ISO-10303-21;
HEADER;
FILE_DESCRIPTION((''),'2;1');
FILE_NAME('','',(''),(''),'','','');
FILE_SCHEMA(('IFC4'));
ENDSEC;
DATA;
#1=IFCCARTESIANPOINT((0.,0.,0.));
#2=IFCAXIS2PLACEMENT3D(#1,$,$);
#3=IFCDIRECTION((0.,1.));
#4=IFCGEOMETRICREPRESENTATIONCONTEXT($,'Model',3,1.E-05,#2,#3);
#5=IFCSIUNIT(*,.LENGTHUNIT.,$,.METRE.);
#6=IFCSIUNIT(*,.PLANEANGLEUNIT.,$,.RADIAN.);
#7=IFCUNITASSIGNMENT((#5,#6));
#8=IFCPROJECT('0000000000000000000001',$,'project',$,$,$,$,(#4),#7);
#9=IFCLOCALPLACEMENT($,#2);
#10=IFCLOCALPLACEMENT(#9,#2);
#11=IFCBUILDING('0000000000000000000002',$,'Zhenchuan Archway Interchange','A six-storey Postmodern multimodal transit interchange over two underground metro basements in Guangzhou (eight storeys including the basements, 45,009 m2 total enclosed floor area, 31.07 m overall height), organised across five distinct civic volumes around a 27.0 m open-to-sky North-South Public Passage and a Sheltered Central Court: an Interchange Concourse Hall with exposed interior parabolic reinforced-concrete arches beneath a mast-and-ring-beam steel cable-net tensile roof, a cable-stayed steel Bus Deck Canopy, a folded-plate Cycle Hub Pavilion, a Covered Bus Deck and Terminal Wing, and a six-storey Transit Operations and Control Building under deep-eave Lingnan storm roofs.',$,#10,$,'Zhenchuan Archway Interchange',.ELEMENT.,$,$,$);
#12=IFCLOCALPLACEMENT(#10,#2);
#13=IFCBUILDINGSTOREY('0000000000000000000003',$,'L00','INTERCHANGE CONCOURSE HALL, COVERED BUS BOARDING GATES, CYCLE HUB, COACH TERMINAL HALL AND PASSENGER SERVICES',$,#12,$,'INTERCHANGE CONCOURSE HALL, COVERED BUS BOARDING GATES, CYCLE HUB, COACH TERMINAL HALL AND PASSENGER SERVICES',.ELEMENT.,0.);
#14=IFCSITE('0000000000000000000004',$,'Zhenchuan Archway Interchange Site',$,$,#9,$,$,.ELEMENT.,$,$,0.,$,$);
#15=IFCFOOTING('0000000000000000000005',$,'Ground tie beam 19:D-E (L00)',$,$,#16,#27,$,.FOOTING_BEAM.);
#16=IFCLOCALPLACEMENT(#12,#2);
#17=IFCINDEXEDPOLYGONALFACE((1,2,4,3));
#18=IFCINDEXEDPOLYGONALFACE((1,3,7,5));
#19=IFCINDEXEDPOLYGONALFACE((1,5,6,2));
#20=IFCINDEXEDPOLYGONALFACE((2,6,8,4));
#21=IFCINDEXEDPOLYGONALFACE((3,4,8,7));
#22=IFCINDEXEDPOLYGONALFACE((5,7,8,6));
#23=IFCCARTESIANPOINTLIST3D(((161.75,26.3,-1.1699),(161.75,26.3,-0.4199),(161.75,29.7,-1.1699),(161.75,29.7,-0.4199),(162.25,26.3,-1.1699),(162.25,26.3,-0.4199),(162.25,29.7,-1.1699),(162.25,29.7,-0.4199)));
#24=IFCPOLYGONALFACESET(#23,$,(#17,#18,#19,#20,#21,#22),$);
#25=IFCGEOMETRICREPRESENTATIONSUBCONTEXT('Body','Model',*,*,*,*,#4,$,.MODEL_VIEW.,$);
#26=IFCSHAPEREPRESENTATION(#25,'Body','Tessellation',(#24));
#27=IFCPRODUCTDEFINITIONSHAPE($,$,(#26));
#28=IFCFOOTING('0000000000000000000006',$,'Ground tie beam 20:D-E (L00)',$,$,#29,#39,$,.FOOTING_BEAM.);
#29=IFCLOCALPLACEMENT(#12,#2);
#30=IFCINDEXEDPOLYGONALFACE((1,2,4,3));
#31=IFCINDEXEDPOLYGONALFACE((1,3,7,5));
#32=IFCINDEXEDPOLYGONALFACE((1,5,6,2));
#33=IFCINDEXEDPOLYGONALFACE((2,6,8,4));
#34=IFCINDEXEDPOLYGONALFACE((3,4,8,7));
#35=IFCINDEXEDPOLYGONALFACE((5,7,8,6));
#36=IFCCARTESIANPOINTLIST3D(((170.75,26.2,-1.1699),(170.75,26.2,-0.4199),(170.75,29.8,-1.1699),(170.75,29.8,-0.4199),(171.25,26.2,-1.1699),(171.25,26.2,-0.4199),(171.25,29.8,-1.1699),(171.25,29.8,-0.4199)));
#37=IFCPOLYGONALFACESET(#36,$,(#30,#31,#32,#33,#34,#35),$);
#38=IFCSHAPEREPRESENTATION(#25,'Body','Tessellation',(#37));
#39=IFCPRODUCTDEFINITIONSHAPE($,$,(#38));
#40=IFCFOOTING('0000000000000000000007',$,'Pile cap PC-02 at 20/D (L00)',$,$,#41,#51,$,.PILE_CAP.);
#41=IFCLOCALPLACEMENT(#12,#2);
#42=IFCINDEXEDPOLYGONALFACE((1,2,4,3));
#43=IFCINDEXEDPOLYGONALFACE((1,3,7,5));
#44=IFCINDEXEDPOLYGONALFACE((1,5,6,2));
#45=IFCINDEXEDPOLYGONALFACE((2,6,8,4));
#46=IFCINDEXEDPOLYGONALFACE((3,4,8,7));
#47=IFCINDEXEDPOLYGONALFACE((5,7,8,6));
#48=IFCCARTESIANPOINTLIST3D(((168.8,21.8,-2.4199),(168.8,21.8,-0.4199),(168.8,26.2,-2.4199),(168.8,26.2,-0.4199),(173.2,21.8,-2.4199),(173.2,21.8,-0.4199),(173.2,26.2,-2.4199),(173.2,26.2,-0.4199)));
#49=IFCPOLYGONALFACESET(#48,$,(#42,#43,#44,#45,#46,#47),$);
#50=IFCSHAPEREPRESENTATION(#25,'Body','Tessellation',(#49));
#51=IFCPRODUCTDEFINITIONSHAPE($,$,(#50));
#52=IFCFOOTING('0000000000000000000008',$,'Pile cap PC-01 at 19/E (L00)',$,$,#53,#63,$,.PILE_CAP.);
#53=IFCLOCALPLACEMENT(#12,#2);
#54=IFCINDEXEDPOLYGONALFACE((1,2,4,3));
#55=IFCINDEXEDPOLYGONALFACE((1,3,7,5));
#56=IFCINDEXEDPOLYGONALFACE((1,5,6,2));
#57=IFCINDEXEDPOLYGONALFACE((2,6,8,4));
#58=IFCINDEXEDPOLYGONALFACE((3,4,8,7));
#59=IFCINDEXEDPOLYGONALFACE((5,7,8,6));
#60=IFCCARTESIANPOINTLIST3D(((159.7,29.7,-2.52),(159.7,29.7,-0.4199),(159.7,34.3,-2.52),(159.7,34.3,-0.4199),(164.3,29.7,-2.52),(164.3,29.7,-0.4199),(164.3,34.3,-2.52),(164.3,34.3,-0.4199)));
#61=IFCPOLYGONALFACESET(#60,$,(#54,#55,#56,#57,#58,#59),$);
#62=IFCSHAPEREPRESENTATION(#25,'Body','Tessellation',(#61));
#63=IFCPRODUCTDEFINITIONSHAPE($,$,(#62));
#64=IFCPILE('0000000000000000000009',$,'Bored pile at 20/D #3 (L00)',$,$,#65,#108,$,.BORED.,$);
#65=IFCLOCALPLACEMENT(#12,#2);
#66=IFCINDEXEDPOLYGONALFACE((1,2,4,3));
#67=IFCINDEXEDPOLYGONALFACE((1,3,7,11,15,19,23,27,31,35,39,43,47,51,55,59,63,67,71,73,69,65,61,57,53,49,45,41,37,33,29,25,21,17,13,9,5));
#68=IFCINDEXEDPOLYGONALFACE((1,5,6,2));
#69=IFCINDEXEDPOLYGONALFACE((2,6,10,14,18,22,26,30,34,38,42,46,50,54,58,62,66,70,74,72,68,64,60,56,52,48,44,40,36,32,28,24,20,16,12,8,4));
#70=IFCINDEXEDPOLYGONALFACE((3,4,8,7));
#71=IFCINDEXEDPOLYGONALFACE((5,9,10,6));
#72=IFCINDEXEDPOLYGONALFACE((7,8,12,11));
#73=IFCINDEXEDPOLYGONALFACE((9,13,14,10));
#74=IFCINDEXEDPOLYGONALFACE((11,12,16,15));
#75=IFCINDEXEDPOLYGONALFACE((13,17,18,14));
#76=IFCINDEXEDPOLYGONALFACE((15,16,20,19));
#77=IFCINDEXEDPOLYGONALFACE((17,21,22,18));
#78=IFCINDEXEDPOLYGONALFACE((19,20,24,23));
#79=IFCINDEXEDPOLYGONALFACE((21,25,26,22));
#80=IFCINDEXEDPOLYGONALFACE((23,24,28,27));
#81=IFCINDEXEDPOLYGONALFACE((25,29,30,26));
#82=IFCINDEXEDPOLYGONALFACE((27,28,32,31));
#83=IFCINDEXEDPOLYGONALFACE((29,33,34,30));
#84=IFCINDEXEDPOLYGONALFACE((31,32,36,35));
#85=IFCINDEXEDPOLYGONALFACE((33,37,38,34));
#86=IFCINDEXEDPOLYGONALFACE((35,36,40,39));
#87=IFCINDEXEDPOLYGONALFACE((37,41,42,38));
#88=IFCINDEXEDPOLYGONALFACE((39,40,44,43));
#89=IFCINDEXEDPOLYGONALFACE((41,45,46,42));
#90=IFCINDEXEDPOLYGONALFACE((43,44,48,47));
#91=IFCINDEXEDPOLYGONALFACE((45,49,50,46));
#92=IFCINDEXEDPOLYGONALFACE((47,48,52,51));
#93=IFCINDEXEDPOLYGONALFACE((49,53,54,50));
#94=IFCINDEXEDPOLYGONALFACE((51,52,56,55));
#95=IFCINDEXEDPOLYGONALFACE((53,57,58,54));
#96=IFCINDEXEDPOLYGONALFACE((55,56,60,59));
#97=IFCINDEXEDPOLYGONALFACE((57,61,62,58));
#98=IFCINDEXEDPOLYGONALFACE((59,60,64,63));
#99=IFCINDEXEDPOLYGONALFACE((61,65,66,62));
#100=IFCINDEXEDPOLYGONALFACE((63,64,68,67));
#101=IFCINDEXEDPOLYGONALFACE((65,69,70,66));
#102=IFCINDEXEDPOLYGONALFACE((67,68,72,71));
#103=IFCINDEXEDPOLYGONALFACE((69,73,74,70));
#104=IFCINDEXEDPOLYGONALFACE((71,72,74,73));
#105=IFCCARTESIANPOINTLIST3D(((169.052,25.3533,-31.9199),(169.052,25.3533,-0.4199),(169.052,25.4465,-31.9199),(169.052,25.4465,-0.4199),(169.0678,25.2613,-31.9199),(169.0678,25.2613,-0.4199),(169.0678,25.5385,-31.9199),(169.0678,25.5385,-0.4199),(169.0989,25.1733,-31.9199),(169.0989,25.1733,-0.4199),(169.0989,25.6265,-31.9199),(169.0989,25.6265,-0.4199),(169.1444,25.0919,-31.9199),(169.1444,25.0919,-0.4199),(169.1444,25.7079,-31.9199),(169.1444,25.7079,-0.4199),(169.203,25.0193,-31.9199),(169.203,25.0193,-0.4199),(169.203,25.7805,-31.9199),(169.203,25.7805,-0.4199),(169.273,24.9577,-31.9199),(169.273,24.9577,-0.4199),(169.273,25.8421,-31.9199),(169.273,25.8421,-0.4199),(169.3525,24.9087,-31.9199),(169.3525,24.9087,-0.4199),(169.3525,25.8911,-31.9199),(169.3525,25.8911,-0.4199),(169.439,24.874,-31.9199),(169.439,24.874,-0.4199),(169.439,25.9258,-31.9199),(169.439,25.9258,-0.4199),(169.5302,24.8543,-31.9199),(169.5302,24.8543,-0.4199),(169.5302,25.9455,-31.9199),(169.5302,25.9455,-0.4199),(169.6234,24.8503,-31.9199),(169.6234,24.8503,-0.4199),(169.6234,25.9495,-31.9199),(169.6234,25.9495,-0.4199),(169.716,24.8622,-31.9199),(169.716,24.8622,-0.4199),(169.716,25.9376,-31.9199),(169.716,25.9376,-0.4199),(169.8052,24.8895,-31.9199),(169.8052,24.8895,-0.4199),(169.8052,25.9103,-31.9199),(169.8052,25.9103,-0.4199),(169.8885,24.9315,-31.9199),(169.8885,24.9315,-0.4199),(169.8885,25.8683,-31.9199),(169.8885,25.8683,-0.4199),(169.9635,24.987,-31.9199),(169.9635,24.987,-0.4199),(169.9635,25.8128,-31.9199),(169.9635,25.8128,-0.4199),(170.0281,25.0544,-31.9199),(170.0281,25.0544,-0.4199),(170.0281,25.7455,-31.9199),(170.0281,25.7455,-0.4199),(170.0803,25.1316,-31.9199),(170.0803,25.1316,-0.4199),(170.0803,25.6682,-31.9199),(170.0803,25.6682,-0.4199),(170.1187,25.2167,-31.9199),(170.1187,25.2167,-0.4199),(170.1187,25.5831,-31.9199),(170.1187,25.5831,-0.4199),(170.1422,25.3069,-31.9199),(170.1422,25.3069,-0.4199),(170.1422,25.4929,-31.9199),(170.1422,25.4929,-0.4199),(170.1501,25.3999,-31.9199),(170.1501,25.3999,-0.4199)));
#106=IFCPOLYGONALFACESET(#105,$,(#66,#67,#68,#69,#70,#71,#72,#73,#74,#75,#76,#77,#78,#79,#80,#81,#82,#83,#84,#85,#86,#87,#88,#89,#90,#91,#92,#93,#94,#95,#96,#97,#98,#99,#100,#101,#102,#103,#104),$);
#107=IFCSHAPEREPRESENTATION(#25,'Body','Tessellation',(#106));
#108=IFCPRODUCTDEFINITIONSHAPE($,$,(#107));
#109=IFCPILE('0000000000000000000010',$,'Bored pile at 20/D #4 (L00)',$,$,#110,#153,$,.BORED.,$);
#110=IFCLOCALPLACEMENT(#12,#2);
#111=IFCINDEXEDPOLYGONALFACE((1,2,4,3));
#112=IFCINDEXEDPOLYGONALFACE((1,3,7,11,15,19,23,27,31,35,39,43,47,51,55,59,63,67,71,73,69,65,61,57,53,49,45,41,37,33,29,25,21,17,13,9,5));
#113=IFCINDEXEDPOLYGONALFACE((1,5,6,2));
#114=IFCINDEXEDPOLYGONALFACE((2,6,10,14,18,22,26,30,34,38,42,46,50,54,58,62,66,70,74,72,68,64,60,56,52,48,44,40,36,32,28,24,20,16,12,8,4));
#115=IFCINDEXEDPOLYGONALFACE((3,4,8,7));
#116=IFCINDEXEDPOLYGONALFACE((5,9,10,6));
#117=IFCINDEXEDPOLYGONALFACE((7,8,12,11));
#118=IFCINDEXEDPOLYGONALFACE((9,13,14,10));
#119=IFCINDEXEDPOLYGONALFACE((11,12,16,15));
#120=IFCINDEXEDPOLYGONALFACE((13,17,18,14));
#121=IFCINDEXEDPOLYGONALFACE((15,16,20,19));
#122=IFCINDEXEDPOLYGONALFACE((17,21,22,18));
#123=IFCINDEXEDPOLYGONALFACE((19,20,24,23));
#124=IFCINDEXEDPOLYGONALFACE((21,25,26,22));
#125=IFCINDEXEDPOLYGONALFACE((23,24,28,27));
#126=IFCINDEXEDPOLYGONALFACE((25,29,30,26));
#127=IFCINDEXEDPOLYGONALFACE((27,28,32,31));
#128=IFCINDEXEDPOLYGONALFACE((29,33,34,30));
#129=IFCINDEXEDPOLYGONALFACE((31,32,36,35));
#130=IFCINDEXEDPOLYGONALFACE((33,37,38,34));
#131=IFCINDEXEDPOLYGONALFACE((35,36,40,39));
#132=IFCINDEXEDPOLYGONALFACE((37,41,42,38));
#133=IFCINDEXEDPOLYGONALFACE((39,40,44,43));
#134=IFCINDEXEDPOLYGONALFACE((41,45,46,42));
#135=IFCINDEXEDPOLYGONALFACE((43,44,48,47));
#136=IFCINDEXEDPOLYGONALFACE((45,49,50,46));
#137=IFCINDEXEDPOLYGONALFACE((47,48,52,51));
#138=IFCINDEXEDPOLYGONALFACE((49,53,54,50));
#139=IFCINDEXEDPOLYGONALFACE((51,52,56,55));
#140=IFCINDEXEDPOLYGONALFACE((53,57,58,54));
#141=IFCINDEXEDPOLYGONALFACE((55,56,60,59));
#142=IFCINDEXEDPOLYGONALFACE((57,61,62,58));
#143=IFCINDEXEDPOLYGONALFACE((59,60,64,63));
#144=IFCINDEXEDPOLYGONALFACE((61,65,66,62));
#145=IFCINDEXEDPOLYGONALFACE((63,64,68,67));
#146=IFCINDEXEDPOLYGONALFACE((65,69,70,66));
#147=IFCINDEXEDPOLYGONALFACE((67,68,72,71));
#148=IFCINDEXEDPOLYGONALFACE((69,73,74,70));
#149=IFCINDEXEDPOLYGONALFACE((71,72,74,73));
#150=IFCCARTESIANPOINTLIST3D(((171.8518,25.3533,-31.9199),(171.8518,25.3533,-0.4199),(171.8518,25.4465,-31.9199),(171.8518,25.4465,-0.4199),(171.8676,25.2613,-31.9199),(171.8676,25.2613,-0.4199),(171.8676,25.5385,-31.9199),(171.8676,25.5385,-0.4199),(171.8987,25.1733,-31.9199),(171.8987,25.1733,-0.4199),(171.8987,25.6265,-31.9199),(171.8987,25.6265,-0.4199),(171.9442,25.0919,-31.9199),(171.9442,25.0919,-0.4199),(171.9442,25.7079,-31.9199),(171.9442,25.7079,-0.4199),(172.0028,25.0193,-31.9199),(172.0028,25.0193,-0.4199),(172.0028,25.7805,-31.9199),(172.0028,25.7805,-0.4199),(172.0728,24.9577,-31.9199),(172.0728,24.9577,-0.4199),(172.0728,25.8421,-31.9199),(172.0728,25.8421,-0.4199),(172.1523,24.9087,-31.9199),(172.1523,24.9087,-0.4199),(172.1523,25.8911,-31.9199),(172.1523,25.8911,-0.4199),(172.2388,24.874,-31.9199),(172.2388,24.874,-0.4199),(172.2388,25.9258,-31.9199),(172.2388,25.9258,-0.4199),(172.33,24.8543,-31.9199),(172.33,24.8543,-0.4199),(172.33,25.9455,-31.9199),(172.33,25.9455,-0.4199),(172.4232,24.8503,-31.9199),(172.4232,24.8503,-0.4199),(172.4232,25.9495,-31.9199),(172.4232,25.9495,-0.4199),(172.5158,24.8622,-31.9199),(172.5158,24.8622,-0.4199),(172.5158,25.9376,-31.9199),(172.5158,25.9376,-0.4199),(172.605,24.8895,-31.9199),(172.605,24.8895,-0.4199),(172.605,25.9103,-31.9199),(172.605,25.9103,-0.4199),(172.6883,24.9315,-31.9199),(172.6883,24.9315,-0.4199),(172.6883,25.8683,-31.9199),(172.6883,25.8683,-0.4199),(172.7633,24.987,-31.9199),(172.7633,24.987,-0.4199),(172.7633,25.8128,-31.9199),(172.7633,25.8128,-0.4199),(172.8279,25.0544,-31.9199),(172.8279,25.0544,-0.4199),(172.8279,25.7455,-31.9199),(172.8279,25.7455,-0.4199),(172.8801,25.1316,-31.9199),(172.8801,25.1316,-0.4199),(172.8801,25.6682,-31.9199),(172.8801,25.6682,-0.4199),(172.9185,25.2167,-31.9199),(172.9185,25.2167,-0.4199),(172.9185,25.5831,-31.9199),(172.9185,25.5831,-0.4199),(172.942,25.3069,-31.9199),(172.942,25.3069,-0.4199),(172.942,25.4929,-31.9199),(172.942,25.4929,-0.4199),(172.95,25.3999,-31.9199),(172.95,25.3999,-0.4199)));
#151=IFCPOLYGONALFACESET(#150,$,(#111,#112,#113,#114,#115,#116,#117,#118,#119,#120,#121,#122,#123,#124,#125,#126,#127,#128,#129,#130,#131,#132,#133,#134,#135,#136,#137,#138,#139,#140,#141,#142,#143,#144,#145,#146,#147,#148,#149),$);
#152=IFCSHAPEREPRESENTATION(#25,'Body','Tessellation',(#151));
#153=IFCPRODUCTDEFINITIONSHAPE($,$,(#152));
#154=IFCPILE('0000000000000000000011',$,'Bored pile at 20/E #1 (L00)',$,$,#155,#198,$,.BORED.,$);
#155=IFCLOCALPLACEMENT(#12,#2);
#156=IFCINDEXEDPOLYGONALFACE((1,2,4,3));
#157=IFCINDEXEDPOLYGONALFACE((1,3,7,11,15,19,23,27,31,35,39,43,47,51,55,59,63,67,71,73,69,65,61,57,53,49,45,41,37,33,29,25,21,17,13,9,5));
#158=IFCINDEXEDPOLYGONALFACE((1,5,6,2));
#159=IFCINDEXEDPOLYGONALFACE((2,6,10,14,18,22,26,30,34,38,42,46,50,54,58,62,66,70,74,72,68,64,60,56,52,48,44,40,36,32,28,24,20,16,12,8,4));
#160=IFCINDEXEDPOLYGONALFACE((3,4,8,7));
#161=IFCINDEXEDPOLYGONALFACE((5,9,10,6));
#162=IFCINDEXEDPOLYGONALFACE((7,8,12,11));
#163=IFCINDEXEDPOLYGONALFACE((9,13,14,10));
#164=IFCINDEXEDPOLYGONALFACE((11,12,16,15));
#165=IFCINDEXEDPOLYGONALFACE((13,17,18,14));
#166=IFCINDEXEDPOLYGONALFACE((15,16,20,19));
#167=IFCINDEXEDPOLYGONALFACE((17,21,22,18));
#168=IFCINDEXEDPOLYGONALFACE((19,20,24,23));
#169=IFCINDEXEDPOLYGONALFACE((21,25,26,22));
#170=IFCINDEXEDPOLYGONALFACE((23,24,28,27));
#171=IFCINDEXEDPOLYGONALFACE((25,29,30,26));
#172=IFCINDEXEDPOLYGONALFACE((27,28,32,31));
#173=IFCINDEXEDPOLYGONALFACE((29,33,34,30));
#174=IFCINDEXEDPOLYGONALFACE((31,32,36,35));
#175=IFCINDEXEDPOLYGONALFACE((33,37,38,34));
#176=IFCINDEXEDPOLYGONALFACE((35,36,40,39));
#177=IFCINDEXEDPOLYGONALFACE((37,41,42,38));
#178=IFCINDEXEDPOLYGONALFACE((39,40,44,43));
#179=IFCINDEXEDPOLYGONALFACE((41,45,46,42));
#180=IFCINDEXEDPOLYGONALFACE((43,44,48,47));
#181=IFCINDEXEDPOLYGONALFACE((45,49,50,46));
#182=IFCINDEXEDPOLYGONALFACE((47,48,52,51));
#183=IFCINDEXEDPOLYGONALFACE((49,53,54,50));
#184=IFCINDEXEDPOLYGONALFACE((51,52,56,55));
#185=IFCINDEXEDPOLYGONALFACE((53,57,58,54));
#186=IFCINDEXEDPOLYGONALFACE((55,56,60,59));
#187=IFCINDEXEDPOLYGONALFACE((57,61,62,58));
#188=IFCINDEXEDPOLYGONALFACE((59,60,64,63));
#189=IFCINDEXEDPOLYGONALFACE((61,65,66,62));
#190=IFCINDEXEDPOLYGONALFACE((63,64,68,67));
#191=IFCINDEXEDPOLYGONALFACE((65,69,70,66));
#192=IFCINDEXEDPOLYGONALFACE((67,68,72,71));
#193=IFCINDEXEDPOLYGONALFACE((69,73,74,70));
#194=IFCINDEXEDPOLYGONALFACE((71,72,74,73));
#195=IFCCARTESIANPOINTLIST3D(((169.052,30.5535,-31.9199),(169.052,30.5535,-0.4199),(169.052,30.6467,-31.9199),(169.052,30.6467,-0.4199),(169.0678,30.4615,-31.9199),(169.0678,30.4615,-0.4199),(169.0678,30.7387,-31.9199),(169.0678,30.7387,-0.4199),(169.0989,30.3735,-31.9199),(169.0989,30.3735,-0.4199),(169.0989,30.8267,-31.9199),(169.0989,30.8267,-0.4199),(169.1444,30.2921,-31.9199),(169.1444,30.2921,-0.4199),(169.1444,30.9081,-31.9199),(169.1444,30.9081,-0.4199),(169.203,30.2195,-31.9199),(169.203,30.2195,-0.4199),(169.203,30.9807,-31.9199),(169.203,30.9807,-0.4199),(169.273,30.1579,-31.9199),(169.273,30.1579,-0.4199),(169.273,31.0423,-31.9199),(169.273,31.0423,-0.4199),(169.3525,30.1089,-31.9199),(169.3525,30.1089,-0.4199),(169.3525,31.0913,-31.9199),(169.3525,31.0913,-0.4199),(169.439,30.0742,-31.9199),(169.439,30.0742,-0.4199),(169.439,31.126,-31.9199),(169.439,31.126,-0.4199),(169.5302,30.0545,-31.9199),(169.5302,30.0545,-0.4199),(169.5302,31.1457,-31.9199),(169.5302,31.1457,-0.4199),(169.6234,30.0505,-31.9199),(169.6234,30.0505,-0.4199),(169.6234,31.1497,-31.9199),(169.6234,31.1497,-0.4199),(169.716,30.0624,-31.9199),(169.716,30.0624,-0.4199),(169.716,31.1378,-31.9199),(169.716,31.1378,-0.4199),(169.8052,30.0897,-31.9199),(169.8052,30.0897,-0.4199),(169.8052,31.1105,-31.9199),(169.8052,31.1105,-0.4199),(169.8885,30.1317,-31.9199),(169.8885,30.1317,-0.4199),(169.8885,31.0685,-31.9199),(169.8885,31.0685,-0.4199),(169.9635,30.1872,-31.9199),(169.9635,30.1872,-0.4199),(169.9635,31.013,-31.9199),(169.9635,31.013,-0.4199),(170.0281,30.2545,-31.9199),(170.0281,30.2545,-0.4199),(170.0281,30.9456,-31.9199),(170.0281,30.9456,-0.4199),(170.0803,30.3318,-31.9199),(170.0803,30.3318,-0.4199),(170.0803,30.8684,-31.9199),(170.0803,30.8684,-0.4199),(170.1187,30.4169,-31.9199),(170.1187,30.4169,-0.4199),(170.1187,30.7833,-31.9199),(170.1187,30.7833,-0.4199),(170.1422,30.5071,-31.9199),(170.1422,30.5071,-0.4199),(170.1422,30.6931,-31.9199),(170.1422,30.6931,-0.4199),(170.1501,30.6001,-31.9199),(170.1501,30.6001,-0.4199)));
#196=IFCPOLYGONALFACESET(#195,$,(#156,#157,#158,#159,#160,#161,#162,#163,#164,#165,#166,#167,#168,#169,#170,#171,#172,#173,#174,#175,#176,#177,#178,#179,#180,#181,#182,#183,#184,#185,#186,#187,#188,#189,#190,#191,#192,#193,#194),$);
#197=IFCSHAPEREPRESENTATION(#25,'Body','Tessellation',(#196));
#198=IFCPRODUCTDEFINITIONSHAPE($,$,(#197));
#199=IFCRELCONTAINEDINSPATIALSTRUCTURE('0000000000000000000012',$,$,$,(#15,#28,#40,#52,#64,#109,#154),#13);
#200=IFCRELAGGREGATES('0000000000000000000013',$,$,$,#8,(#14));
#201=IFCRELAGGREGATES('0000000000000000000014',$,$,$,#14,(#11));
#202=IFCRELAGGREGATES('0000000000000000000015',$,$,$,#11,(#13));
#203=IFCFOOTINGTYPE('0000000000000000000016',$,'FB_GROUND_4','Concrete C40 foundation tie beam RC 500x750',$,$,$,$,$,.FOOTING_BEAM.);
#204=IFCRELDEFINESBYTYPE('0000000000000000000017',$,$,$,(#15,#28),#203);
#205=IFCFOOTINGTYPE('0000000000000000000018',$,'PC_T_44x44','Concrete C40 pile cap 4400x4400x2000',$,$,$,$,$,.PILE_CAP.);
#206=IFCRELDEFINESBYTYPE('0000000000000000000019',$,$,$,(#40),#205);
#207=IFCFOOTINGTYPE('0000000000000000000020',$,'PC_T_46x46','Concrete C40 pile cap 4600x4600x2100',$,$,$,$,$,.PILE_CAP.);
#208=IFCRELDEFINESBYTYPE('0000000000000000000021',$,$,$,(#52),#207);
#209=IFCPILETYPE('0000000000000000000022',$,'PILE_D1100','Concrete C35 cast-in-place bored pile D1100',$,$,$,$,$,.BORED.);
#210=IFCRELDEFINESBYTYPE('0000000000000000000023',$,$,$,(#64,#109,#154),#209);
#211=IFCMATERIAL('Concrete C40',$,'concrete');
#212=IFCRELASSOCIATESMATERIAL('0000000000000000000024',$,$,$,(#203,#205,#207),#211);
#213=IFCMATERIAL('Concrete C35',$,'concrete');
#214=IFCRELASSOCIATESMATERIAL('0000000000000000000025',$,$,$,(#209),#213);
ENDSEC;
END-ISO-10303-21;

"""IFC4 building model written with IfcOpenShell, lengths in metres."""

from ifc_helpers import new_model, si_unit, direction, frame, origin, origin_2d, place, context, subcontext, project, spatial, rectangle, circle, extrude, material, material_profile, profile_set, type_object, element, save


model = new_model("IFC4")

# Units and contexts
model_context = context("Model", 3, precision=1e-05, world=origin(), true_north=direction((0.0, 1.0)))
body_context = subcontext(model_context, "Body", "Model", "MODEL_VIEW")
ifc_project = project(units=[si_unit("LENGTHUNIT", "METRE"), si_unit("PLANEANGLEUNIT", "RADIAN")], contexts=[model_context])

# Site, building, storey
site_placement = place(None, origin())
site = spatial("IfcSite", under=ifc_project, at=site_placement, Name="Zhenchuan Archway Interchange Site", CompositionType="ELEMENT", RefElevation=0.0)
building_placement = place(site_placement, origin())
building = spatial("IfcBuilding", under=site, at=building_placement, Name="Zhenchuan Archway Interchange", Description="A six-storey Postmodern multimodal transit interchange over two underground metro basements in Guangzhou (eight storeys including the basements, 45,009 m2 total enclosed floor area, 31.07 m overall height), organised across five distinct civic volumes around a 27.0 m open-to-sky North-South Public Passage and a Sheltered Central Court: an Interchange Concourse Hall with exposed interior parabolic reinforced-concrete arches beneath a mast-and-ring-beam steel cable-net tensile roof, a cable-stayed steel Bus Deck Canopy, a folded-plate Cycle Hub Pavilion, a Covered Bus Deck and Terminal Wing, and a six-storey Transit Operations and Control Building under deep-eave Lingnan storm roofs.", LongName="Zhenchuan Archway Interchange", CompositionType="ELEMENT")
storey_placement = place(building_placement, origin())
storey = spatial("IfcBuildingStorey", under=building, at=storey_placement, Name="L00", Description="INTERCHANGE CONCOURSE HALL, COVERED BUS BOARDING GATES, CYCLE HUB, COACH TERMINAL HALL AND PASSENGER SERVICES", LongName="INTERCHANGE CONCOURSE HALL, COVERED BUS BOARDING GATES, CYCLE HUB, COACH TERMINAL HALL AND PASSENGER SERVICES", CompositionType="ELEMENT", Elevation=0.0)

# Footings
ifc_material_1 = material(Name="Concrete C40", Category="concrete")
ifc_material_profile_1 = material_profile(ifc_material_1, rectangle(XDim=0.5, YDim=0.75, at=origin_2d()), Name="RC 500x750")
ifc_profile_set_1 = profile_set([ifc_material_profile_1], Name="Concrete C40")
footing_type_1 = type_object("IfcFootingType", Name="FB_GROUND_4", Description="Concrete C40 foundation tie beam RC 500x750", PredefinedType="FOOTING_BEAM", material=ifc_profile_set_1)
footing_1_placement = place(storey_placement, frame((162.0, 26.3, -0.7949), z_axis=(0.0, 1.0, 0.0), x_axis=(-1.0, 0.0, 0.0)))
element("IfcFooting", 1, at=footing_1_placement, inside=storey, type_object=footing_type_1, Name="Ground tie beam 19:D-E (L00)", PredefinedType="FOOTING_BEAM", context=body_context, shape_type="SweptSolid", body=[
    extrude(rectangle(XDim=0.5, YDim=0.75, at=origin_2d()), origin(), (0.0, 0.0, 1.0), 3.3999),
])
footing_2_placement = place(storey_placement, frame((171.0, 26.2, -0.7949), z_axis=(0.0, 1.0, 0.0), x_axis=(-1.0, 0.0, 0.0)))
element("IfcFooting", 2, at=footing_2_placement, inside=storey, type_object=footing_type_1, Name="Ground tie beam 20:D-E (L00)", PredefinedType="FOOTING_BEAM", context=body_context, shape_type="SweptSolid", body=[
    extrude(rectangle(XDim=0.5, YDim=0.75, at=origin_2d()), origin(), (0.0, 0.0, 1.0), 3.6001),
])
footing_type_2 = type_object("IfcFootingType", Name="PC_T_44x44", Description="Concrete C40 pile cap 4400x4400x2000", PredefinedType="PILE_CAP", material=ifc_material_1)
footing_3_placement = place(storey_placement, frame((171.0, 24.0, -2.4199), z_axis=(0.0, 0.0, 1.0), x_axis=(1.0, 0.0, 0.0)))
element("IfcFooting", 3, at=footing_3_placement, inside=storey, type_object=footing_type_2, Name="Pile cap PC-02 at 20/D (L00)", PredefinedType="PILE_CAP", context=body_context, shape_type="SweptSolid", body=[
    extrude(rectangle(XDim=4.3999, YDim=4.3999, at=origin_2d()), origin(), (0.0, 0.0, 1.0), 2.0),
])
footing_type_3 = type_object("IfcFootingType", Name="PC_T_46x46", Description="Concrete C40 pile cap 4600x4600x2100", PredefinedType="PILE_CAP", material=ifc_material_1)
footing_4_placement = place(storey_placement, frame((162.0, 32.0, -2.52), z_axis=(0.0, 0.0, 1.0), x_axis=(1.0, 0.0, 0.0)))
element("IfcFooting", 4, at=footing_4_placement, inside=storey, type_object=footing_type_3, Name="Pile cap PC-01 at 19/E (L00)", PredefinedType="PILE_CAP", context=body_context, shape_type="SweptSolid", body=[
    extrude(rectangle(XDim=4.6001, YDim=4.6001, at=origin_2d()), origin(), (0.0, 0.0, 1.0), 2.1001),
])

# Piles
ifc_material_2 = material(Name="Concrete C35", Category="concrete")
ifc_material_profile_2 = material_profile(ifc_material_2, circle(Radius=0.55, at=origin_2d()), Name="BORED PILE 1100")
ifc_profile_set_2 = profile_set([ifc_material_profile_2], Name="Concrete C35")
pile_type_1 = type_object("IfcPileType", Name="PILE_D1100", Description="Concrete C35 cast-in-place bored pile D1100", PredefinedType="BORED", material=ifc_profile_set_2)
for number, where, z_axis, x_axis, name in (
    (5, (169.6001, 25.3999, -0.4199), (0.0, 0.0, -1.0), (1.0, 0.0, 0.0), "Bored pile at 20/D #3 (L00)"),
    (6, (172.3999, 25.3999, -0.4199), (0.0, 0.0, -1.0), (1.0, 0.0, 0.0), "Bored pile at 20/D #4 (L00)"),
    (7, (169.6001, 30.6001, -0.4199), (0.0, 0.0, -1.0), (1.0, 0.0, 0.0), "Bored pile at 20/E #1 (L00)"),
):
    element("IfcPile", number, at=place(storey_placement, frame(where, z_axis=z_axis, x_axis=x_axis)), inside=storey, type_object=pile_type_1, Name=name, PredefinedType="BORED", context=body_context, shape_type="SweptSolid", body=[
        extrude(circle(Radius=0.55, at=origin_2d()), origin(), (0.0, 0.0, 1.0), 31.5),
    ])

save(model, "model.ifc")
